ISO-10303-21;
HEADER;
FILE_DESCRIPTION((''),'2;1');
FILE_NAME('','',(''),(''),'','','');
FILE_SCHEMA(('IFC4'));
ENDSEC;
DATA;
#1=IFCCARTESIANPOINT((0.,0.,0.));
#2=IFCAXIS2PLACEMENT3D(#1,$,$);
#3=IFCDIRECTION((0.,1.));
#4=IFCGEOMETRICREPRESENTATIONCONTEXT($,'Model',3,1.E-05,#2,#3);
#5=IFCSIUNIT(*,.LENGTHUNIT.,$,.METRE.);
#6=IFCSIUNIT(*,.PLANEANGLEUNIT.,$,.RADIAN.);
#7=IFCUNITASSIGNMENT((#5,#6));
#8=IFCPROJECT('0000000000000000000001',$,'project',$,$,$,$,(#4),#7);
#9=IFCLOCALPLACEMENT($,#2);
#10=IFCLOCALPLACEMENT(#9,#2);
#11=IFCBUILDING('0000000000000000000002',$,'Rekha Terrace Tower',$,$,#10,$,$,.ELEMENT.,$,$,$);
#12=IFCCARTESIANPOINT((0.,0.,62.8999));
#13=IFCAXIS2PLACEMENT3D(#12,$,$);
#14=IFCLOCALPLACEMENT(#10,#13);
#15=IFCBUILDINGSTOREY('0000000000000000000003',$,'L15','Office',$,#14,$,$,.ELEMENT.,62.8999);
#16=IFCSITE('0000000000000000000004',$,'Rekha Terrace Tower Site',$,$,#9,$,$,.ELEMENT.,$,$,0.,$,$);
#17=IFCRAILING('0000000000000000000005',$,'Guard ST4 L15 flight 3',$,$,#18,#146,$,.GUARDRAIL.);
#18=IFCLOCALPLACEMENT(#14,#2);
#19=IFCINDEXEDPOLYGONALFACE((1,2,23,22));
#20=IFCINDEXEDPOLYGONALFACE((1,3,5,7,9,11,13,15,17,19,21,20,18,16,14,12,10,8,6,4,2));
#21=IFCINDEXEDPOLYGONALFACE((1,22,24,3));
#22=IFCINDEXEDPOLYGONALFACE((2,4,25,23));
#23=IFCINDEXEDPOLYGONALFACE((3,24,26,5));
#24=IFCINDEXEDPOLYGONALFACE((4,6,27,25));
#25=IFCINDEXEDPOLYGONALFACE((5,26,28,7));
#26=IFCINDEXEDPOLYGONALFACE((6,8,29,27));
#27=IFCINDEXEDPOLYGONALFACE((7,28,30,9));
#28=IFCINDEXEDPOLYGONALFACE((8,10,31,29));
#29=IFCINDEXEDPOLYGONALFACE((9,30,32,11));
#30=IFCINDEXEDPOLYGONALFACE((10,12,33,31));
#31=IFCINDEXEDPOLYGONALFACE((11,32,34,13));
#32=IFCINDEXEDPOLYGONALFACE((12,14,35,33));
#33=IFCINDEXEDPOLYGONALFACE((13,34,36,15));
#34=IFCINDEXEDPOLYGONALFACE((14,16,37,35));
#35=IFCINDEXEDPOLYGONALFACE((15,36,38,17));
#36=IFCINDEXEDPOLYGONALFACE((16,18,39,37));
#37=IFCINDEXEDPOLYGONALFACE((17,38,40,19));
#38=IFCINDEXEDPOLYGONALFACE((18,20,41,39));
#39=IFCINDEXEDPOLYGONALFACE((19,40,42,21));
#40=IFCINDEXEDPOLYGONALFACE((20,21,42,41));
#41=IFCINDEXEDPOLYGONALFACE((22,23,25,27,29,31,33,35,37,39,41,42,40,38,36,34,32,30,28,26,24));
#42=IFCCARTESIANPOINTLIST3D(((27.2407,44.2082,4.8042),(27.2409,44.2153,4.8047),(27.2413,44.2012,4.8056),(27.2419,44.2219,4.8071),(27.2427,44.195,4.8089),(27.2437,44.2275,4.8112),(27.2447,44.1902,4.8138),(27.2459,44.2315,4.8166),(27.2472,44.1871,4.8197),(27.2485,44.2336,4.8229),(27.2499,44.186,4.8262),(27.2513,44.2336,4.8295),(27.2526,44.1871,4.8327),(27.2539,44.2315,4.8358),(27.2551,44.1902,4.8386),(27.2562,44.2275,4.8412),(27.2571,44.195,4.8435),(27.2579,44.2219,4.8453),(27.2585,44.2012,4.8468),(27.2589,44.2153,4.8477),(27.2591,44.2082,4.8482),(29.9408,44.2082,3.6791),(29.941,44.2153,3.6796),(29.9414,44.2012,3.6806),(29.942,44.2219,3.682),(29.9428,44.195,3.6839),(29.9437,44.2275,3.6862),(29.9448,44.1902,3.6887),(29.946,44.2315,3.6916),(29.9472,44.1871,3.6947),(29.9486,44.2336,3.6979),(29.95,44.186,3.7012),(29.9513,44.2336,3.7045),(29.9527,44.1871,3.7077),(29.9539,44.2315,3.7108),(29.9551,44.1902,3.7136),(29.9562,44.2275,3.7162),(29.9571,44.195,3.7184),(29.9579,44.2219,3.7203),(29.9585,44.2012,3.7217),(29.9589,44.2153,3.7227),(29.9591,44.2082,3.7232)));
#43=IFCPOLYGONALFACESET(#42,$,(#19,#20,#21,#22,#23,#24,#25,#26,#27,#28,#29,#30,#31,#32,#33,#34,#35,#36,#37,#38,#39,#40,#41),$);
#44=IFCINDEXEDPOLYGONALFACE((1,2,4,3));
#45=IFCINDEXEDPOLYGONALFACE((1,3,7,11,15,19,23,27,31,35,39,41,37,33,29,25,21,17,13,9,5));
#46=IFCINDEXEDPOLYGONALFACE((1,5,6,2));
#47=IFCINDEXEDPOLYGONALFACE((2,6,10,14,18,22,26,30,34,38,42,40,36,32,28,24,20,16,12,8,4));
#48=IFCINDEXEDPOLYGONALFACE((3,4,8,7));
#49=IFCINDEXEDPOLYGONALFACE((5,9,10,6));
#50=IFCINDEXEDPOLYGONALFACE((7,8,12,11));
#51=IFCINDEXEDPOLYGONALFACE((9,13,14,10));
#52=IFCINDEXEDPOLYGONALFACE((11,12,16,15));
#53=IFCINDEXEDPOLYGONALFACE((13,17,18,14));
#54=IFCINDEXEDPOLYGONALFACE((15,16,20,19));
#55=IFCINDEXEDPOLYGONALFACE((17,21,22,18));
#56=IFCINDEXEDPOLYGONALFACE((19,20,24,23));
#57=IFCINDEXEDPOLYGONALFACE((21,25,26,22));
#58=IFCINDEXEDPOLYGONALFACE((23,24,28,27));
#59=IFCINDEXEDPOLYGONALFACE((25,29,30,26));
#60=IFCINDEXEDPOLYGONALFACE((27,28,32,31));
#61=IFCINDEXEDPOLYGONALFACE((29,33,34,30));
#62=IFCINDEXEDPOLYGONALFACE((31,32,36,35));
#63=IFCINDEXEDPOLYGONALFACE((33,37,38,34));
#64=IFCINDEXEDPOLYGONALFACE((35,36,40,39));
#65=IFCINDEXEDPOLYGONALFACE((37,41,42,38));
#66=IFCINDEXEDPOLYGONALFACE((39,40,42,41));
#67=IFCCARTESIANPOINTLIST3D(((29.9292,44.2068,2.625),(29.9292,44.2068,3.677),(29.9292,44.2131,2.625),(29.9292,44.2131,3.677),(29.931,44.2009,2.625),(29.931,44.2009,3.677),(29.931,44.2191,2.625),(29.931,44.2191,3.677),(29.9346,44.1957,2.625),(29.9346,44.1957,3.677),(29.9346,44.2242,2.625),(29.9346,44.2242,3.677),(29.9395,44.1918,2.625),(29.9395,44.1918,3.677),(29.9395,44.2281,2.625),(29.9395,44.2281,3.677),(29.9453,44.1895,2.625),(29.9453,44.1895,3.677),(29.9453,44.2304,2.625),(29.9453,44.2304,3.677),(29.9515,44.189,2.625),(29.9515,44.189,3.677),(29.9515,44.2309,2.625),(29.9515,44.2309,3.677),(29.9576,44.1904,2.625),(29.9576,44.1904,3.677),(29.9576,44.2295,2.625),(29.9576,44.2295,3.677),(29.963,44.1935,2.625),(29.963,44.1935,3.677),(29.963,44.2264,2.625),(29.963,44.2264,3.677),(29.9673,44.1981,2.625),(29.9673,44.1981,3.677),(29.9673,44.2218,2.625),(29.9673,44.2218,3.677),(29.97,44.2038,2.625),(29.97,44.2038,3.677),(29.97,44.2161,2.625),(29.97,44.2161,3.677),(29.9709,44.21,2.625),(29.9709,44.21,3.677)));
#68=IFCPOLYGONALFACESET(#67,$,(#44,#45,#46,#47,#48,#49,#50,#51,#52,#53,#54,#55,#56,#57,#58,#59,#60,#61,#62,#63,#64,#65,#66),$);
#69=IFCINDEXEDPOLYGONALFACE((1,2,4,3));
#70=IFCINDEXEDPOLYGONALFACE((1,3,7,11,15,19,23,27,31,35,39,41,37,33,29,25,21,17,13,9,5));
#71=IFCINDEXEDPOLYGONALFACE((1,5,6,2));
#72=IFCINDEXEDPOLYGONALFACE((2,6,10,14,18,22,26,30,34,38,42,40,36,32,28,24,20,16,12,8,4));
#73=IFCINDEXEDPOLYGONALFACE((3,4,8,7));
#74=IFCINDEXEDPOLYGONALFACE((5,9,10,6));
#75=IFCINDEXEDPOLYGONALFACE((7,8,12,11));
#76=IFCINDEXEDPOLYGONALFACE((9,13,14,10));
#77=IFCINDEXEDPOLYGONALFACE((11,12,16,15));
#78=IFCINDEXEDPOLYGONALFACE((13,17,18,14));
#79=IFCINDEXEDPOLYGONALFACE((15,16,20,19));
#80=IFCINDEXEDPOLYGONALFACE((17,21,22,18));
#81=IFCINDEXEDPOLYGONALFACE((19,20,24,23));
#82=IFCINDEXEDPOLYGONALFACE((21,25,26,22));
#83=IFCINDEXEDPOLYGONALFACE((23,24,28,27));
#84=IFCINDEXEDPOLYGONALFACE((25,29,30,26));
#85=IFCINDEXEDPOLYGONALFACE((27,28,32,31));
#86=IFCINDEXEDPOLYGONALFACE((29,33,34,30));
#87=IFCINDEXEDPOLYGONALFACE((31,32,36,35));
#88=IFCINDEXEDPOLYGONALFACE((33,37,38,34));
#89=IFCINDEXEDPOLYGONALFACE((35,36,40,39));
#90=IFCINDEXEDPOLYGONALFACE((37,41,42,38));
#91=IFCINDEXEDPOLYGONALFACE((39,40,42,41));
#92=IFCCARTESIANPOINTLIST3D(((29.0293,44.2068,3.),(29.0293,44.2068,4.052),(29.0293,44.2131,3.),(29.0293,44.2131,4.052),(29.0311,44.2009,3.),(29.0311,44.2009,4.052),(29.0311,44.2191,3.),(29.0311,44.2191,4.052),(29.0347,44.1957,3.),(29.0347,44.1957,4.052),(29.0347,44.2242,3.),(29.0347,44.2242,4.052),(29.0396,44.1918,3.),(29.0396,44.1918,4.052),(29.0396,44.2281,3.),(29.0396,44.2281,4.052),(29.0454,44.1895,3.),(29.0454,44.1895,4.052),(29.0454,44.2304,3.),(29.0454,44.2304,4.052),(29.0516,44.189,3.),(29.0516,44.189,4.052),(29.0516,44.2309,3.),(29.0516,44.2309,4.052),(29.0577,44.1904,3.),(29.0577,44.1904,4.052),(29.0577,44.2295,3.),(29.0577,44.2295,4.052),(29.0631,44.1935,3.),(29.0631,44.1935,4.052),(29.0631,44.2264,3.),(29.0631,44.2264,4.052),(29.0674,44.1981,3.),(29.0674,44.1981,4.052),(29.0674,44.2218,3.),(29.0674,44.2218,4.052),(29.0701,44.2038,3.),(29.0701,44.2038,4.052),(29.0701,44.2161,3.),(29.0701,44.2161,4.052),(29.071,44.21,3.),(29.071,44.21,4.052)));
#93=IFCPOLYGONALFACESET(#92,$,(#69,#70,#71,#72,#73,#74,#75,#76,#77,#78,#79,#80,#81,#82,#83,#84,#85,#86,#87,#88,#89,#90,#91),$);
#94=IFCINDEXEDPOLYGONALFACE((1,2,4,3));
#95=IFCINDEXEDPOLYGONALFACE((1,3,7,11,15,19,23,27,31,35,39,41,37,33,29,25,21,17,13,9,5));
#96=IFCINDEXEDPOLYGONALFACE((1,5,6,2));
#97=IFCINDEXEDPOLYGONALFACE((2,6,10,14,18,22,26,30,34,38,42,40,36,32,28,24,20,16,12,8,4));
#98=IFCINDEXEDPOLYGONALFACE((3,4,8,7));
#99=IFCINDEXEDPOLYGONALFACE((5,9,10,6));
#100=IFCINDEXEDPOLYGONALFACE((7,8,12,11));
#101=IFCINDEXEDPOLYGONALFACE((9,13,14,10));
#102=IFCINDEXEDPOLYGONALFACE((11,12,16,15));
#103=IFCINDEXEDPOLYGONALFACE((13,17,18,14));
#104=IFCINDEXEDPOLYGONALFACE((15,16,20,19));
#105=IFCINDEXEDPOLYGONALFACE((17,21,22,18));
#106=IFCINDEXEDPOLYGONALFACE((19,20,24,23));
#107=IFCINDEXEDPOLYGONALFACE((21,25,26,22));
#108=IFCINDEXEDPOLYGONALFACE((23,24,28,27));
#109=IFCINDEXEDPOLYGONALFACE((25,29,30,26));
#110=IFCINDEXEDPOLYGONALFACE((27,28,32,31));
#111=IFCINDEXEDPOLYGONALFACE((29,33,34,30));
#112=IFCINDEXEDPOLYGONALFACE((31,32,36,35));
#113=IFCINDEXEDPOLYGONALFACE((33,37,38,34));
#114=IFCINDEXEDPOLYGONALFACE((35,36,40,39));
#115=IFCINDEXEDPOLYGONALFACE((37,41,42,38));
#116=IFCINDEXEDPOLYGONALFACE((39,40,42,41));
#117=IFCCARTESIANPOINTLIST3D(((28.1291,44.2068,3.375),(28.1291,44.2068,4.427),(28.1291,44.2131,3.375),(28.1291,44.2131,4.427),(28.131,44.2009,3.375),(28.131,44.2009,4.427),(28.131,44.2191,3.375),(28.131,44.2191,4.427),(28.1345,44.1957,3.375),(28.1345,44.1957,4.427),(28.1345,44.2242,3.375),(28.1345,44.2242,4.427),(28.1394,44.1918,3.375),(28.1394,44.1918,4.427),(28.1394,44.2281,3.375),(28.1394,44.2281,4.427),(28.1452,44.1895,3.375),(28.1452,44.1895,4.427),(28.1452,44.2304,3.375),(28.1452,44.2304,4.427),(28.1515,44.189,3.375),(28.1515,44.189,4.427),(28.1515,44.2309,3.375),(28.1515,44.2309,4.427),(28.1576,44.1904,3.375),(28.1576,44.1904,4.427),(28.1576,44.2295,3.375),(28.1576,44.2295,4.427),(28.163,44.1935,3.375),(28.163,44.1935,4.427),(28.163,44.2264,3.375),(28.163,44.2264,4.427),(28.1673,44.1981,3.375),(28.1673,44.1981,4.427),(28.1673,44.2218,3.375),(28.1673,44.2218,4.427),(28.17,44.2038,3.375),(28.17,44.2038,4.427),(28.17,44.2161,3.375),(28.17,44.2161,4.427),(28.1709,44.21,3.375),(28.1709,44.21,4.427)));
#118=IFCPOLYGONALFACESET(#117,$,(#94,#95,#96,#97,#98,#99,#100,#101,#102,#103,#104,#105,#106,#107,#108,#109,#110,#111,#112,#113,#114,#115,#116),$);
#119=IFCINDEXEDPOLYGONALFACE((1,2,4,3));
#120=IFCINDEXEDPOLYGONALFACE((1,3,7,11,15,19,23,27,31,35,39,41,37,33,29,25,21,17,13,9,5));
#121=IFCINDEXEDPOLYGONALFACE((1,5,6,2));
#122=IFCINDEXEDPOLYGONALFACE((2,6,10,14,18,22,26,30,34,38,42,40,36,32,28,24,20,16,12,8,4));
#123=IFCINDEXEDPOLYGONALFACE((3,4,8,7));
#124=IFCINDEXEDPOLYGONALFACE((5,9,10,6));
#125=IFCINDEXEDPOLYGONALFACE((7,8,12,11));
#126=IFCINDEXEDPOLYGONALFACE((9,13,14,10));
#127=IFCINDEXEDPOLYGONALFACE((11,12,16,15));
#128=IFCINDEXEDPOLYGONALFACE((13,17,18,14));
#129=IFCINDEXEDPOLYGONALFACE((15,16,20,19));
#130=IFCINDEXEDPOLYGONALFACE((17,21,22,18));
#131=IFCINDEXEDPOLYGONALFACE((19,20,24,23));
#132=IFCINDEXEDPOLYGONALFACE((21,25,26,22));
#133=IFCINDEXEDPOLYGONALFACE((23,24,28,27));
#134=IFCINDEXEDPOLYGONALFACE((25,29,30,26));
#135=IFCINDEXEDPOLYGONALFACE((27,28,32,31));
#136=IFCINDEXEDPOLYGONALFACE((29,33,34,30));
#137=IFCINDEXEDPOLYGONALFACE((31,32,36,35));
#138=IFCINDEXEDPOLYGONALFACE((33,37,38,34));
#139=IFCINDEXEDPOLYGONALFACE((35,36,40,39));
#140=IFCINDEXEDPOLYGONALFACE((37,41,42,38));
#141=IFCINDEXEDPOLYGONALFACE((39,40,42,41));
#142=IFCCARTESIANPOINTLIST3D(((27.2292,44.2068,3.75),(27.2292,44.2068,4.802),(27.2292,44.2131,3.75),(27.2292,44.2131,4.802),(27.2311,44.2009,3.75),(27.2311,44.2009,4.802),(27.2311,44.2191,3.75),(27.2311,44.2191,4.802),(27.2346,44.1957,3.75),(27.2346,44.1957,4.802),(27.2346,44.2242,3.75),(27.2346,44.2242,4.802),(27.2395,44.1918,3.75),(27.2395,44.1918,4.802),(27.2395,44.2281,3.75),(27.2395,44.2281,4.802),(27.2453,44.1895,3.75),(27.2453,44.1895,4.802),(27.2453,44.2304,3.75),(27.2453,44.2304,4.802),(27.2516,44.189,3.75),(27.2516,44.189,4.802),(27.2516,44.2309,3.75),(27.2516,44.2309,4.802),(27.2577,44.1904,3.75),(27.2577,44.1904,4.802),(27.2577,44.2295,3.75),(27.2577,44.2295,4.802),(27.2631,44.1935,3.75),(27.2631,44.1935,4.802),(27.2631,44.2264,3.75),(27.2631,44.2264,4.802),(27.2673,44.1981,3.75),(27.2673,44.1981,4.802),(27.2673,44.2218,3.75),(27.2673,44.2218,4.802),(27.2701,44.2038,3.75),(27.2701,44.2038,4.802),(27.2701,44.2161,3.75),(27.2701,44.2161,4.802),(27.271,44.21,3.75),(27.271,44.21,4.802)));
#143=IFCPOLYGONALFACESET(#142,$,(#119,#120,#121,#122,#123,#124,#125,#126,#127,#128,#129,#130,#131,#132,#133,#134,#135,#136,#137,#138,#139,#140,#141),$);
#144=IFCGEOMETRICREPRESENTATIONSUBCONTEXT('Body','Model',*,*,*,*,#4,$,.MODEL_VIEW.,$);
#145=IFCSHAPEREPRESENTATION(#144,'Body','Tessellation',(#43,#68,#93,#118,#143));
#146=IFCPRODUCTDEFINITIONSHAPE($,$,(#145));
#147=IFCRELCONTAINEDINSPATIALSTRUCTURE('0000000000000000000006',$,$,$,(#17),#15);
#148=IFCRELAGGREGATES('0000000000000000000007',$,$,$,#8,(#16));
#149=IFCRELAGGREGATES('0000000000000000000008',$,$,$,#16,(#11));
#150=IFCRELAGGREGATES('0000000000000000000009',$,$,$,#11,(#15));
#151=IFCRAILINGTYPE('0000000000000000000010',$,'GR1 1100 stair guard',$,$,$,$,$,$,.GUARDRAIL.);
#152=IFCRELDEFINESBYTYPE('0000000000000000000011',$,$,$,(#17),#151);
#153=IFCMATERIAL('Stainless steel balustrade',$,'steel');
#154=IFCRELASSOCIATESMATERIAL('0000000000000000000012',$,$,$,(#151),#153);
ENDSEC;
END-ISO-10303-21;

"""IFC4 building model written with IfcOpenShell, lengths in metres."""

from ifc_helpers import new_model, si_unit, direction, frame, origin, origin_2d, place, context, subcontext, project, spatial, circle, extrude, material, type_object, element, save


model = new_model("IFC4")

# Units and contexts
model_context = context("Model", 3, precision=1e-05, world=origin(), true_north=direction((0.0, 1.0)))
body_context = subcontext(model_context, "Body", "Model", "MODEL_VIEW")
ifc_project = project(units=[si_unit("LENGTHUNIT", "METRE"), si_unit("PLANEANGLEUNIT", "RADIAN")], contexts=[model_context])

# Site, building, storey
site_placement = place(None, origin())
site = spatial("IfcSite", under=ifc_project, at=site_placement, Name="Rekha Terrace Tower Site", CompositionType="ELEMENT", RefElevation=0.0)
building_placement = place(site_placement, origin())
building = spatial("IfcBuilding", under=site, at=building_placement, Name="Rekha Terrace Tower", CompositionType="ELEMENT")
storey_placement = place(building_placement, frame((0.0, 0.0, 62.8999)))
storey = spatial("IfcBuildingStorey", under=building, at=storey_placement, Name="L15", Description="Office", CompositionType="ELEMENT", Elevation=62.8999)

# Railing
ifc_material_1 = material(Name="Stainless steel balustrade", Category="steel")
railing_type_1 = type_object("IfcRailingType", Name="GR1 1100 stair guard", PredefinedType="GUARDRAIL", material=ifc_material_1)
railing_1_placement = place(storey_placement, frame((29.95, 44.21, 2.625)))
element("IfcRailing", 1, at=railing_1_placement, inside=storey, type_object=railing_type_1, Name="Guard ST4 L15 flight 3", PredefinedType="GUARDRAIL", context=body_context, shape_type="SweptSolid", body=[
    extrude(circle(Radius=0.0239, at=origin_2d()), frame((0.0, 0.0, 1.0762), z_axis=(-0.923074, 0.0, 0.384621), x_axis=(0.0, -1.0, 0.0)), (0.0, 0.0, 1.0), 2.925),
    extrude(circle(Radius=0.021, at=origin_2d()), origin(), (0.0, 0.0, 1.0), 1.052),
    extrude(circle(Radius=0.021, at=origin_2d()), frame((-0.8999, 0.0, 0.375)), (0.0, 0.0, 1.0), 1.052),
    extrude(circle(Radius=0.021, at=origin_2d()), frame((-1.8, 0.0, 0.75)), (0.0, 0.0, 1.0), 1.052),
    extrude(circle(Radius=0.021, at=origin_2d()), frame((-2.7, 0.0, 1.125)), (0.0, 0.0, 1.0), 1.052),
])

save(model, "model.ifc")
